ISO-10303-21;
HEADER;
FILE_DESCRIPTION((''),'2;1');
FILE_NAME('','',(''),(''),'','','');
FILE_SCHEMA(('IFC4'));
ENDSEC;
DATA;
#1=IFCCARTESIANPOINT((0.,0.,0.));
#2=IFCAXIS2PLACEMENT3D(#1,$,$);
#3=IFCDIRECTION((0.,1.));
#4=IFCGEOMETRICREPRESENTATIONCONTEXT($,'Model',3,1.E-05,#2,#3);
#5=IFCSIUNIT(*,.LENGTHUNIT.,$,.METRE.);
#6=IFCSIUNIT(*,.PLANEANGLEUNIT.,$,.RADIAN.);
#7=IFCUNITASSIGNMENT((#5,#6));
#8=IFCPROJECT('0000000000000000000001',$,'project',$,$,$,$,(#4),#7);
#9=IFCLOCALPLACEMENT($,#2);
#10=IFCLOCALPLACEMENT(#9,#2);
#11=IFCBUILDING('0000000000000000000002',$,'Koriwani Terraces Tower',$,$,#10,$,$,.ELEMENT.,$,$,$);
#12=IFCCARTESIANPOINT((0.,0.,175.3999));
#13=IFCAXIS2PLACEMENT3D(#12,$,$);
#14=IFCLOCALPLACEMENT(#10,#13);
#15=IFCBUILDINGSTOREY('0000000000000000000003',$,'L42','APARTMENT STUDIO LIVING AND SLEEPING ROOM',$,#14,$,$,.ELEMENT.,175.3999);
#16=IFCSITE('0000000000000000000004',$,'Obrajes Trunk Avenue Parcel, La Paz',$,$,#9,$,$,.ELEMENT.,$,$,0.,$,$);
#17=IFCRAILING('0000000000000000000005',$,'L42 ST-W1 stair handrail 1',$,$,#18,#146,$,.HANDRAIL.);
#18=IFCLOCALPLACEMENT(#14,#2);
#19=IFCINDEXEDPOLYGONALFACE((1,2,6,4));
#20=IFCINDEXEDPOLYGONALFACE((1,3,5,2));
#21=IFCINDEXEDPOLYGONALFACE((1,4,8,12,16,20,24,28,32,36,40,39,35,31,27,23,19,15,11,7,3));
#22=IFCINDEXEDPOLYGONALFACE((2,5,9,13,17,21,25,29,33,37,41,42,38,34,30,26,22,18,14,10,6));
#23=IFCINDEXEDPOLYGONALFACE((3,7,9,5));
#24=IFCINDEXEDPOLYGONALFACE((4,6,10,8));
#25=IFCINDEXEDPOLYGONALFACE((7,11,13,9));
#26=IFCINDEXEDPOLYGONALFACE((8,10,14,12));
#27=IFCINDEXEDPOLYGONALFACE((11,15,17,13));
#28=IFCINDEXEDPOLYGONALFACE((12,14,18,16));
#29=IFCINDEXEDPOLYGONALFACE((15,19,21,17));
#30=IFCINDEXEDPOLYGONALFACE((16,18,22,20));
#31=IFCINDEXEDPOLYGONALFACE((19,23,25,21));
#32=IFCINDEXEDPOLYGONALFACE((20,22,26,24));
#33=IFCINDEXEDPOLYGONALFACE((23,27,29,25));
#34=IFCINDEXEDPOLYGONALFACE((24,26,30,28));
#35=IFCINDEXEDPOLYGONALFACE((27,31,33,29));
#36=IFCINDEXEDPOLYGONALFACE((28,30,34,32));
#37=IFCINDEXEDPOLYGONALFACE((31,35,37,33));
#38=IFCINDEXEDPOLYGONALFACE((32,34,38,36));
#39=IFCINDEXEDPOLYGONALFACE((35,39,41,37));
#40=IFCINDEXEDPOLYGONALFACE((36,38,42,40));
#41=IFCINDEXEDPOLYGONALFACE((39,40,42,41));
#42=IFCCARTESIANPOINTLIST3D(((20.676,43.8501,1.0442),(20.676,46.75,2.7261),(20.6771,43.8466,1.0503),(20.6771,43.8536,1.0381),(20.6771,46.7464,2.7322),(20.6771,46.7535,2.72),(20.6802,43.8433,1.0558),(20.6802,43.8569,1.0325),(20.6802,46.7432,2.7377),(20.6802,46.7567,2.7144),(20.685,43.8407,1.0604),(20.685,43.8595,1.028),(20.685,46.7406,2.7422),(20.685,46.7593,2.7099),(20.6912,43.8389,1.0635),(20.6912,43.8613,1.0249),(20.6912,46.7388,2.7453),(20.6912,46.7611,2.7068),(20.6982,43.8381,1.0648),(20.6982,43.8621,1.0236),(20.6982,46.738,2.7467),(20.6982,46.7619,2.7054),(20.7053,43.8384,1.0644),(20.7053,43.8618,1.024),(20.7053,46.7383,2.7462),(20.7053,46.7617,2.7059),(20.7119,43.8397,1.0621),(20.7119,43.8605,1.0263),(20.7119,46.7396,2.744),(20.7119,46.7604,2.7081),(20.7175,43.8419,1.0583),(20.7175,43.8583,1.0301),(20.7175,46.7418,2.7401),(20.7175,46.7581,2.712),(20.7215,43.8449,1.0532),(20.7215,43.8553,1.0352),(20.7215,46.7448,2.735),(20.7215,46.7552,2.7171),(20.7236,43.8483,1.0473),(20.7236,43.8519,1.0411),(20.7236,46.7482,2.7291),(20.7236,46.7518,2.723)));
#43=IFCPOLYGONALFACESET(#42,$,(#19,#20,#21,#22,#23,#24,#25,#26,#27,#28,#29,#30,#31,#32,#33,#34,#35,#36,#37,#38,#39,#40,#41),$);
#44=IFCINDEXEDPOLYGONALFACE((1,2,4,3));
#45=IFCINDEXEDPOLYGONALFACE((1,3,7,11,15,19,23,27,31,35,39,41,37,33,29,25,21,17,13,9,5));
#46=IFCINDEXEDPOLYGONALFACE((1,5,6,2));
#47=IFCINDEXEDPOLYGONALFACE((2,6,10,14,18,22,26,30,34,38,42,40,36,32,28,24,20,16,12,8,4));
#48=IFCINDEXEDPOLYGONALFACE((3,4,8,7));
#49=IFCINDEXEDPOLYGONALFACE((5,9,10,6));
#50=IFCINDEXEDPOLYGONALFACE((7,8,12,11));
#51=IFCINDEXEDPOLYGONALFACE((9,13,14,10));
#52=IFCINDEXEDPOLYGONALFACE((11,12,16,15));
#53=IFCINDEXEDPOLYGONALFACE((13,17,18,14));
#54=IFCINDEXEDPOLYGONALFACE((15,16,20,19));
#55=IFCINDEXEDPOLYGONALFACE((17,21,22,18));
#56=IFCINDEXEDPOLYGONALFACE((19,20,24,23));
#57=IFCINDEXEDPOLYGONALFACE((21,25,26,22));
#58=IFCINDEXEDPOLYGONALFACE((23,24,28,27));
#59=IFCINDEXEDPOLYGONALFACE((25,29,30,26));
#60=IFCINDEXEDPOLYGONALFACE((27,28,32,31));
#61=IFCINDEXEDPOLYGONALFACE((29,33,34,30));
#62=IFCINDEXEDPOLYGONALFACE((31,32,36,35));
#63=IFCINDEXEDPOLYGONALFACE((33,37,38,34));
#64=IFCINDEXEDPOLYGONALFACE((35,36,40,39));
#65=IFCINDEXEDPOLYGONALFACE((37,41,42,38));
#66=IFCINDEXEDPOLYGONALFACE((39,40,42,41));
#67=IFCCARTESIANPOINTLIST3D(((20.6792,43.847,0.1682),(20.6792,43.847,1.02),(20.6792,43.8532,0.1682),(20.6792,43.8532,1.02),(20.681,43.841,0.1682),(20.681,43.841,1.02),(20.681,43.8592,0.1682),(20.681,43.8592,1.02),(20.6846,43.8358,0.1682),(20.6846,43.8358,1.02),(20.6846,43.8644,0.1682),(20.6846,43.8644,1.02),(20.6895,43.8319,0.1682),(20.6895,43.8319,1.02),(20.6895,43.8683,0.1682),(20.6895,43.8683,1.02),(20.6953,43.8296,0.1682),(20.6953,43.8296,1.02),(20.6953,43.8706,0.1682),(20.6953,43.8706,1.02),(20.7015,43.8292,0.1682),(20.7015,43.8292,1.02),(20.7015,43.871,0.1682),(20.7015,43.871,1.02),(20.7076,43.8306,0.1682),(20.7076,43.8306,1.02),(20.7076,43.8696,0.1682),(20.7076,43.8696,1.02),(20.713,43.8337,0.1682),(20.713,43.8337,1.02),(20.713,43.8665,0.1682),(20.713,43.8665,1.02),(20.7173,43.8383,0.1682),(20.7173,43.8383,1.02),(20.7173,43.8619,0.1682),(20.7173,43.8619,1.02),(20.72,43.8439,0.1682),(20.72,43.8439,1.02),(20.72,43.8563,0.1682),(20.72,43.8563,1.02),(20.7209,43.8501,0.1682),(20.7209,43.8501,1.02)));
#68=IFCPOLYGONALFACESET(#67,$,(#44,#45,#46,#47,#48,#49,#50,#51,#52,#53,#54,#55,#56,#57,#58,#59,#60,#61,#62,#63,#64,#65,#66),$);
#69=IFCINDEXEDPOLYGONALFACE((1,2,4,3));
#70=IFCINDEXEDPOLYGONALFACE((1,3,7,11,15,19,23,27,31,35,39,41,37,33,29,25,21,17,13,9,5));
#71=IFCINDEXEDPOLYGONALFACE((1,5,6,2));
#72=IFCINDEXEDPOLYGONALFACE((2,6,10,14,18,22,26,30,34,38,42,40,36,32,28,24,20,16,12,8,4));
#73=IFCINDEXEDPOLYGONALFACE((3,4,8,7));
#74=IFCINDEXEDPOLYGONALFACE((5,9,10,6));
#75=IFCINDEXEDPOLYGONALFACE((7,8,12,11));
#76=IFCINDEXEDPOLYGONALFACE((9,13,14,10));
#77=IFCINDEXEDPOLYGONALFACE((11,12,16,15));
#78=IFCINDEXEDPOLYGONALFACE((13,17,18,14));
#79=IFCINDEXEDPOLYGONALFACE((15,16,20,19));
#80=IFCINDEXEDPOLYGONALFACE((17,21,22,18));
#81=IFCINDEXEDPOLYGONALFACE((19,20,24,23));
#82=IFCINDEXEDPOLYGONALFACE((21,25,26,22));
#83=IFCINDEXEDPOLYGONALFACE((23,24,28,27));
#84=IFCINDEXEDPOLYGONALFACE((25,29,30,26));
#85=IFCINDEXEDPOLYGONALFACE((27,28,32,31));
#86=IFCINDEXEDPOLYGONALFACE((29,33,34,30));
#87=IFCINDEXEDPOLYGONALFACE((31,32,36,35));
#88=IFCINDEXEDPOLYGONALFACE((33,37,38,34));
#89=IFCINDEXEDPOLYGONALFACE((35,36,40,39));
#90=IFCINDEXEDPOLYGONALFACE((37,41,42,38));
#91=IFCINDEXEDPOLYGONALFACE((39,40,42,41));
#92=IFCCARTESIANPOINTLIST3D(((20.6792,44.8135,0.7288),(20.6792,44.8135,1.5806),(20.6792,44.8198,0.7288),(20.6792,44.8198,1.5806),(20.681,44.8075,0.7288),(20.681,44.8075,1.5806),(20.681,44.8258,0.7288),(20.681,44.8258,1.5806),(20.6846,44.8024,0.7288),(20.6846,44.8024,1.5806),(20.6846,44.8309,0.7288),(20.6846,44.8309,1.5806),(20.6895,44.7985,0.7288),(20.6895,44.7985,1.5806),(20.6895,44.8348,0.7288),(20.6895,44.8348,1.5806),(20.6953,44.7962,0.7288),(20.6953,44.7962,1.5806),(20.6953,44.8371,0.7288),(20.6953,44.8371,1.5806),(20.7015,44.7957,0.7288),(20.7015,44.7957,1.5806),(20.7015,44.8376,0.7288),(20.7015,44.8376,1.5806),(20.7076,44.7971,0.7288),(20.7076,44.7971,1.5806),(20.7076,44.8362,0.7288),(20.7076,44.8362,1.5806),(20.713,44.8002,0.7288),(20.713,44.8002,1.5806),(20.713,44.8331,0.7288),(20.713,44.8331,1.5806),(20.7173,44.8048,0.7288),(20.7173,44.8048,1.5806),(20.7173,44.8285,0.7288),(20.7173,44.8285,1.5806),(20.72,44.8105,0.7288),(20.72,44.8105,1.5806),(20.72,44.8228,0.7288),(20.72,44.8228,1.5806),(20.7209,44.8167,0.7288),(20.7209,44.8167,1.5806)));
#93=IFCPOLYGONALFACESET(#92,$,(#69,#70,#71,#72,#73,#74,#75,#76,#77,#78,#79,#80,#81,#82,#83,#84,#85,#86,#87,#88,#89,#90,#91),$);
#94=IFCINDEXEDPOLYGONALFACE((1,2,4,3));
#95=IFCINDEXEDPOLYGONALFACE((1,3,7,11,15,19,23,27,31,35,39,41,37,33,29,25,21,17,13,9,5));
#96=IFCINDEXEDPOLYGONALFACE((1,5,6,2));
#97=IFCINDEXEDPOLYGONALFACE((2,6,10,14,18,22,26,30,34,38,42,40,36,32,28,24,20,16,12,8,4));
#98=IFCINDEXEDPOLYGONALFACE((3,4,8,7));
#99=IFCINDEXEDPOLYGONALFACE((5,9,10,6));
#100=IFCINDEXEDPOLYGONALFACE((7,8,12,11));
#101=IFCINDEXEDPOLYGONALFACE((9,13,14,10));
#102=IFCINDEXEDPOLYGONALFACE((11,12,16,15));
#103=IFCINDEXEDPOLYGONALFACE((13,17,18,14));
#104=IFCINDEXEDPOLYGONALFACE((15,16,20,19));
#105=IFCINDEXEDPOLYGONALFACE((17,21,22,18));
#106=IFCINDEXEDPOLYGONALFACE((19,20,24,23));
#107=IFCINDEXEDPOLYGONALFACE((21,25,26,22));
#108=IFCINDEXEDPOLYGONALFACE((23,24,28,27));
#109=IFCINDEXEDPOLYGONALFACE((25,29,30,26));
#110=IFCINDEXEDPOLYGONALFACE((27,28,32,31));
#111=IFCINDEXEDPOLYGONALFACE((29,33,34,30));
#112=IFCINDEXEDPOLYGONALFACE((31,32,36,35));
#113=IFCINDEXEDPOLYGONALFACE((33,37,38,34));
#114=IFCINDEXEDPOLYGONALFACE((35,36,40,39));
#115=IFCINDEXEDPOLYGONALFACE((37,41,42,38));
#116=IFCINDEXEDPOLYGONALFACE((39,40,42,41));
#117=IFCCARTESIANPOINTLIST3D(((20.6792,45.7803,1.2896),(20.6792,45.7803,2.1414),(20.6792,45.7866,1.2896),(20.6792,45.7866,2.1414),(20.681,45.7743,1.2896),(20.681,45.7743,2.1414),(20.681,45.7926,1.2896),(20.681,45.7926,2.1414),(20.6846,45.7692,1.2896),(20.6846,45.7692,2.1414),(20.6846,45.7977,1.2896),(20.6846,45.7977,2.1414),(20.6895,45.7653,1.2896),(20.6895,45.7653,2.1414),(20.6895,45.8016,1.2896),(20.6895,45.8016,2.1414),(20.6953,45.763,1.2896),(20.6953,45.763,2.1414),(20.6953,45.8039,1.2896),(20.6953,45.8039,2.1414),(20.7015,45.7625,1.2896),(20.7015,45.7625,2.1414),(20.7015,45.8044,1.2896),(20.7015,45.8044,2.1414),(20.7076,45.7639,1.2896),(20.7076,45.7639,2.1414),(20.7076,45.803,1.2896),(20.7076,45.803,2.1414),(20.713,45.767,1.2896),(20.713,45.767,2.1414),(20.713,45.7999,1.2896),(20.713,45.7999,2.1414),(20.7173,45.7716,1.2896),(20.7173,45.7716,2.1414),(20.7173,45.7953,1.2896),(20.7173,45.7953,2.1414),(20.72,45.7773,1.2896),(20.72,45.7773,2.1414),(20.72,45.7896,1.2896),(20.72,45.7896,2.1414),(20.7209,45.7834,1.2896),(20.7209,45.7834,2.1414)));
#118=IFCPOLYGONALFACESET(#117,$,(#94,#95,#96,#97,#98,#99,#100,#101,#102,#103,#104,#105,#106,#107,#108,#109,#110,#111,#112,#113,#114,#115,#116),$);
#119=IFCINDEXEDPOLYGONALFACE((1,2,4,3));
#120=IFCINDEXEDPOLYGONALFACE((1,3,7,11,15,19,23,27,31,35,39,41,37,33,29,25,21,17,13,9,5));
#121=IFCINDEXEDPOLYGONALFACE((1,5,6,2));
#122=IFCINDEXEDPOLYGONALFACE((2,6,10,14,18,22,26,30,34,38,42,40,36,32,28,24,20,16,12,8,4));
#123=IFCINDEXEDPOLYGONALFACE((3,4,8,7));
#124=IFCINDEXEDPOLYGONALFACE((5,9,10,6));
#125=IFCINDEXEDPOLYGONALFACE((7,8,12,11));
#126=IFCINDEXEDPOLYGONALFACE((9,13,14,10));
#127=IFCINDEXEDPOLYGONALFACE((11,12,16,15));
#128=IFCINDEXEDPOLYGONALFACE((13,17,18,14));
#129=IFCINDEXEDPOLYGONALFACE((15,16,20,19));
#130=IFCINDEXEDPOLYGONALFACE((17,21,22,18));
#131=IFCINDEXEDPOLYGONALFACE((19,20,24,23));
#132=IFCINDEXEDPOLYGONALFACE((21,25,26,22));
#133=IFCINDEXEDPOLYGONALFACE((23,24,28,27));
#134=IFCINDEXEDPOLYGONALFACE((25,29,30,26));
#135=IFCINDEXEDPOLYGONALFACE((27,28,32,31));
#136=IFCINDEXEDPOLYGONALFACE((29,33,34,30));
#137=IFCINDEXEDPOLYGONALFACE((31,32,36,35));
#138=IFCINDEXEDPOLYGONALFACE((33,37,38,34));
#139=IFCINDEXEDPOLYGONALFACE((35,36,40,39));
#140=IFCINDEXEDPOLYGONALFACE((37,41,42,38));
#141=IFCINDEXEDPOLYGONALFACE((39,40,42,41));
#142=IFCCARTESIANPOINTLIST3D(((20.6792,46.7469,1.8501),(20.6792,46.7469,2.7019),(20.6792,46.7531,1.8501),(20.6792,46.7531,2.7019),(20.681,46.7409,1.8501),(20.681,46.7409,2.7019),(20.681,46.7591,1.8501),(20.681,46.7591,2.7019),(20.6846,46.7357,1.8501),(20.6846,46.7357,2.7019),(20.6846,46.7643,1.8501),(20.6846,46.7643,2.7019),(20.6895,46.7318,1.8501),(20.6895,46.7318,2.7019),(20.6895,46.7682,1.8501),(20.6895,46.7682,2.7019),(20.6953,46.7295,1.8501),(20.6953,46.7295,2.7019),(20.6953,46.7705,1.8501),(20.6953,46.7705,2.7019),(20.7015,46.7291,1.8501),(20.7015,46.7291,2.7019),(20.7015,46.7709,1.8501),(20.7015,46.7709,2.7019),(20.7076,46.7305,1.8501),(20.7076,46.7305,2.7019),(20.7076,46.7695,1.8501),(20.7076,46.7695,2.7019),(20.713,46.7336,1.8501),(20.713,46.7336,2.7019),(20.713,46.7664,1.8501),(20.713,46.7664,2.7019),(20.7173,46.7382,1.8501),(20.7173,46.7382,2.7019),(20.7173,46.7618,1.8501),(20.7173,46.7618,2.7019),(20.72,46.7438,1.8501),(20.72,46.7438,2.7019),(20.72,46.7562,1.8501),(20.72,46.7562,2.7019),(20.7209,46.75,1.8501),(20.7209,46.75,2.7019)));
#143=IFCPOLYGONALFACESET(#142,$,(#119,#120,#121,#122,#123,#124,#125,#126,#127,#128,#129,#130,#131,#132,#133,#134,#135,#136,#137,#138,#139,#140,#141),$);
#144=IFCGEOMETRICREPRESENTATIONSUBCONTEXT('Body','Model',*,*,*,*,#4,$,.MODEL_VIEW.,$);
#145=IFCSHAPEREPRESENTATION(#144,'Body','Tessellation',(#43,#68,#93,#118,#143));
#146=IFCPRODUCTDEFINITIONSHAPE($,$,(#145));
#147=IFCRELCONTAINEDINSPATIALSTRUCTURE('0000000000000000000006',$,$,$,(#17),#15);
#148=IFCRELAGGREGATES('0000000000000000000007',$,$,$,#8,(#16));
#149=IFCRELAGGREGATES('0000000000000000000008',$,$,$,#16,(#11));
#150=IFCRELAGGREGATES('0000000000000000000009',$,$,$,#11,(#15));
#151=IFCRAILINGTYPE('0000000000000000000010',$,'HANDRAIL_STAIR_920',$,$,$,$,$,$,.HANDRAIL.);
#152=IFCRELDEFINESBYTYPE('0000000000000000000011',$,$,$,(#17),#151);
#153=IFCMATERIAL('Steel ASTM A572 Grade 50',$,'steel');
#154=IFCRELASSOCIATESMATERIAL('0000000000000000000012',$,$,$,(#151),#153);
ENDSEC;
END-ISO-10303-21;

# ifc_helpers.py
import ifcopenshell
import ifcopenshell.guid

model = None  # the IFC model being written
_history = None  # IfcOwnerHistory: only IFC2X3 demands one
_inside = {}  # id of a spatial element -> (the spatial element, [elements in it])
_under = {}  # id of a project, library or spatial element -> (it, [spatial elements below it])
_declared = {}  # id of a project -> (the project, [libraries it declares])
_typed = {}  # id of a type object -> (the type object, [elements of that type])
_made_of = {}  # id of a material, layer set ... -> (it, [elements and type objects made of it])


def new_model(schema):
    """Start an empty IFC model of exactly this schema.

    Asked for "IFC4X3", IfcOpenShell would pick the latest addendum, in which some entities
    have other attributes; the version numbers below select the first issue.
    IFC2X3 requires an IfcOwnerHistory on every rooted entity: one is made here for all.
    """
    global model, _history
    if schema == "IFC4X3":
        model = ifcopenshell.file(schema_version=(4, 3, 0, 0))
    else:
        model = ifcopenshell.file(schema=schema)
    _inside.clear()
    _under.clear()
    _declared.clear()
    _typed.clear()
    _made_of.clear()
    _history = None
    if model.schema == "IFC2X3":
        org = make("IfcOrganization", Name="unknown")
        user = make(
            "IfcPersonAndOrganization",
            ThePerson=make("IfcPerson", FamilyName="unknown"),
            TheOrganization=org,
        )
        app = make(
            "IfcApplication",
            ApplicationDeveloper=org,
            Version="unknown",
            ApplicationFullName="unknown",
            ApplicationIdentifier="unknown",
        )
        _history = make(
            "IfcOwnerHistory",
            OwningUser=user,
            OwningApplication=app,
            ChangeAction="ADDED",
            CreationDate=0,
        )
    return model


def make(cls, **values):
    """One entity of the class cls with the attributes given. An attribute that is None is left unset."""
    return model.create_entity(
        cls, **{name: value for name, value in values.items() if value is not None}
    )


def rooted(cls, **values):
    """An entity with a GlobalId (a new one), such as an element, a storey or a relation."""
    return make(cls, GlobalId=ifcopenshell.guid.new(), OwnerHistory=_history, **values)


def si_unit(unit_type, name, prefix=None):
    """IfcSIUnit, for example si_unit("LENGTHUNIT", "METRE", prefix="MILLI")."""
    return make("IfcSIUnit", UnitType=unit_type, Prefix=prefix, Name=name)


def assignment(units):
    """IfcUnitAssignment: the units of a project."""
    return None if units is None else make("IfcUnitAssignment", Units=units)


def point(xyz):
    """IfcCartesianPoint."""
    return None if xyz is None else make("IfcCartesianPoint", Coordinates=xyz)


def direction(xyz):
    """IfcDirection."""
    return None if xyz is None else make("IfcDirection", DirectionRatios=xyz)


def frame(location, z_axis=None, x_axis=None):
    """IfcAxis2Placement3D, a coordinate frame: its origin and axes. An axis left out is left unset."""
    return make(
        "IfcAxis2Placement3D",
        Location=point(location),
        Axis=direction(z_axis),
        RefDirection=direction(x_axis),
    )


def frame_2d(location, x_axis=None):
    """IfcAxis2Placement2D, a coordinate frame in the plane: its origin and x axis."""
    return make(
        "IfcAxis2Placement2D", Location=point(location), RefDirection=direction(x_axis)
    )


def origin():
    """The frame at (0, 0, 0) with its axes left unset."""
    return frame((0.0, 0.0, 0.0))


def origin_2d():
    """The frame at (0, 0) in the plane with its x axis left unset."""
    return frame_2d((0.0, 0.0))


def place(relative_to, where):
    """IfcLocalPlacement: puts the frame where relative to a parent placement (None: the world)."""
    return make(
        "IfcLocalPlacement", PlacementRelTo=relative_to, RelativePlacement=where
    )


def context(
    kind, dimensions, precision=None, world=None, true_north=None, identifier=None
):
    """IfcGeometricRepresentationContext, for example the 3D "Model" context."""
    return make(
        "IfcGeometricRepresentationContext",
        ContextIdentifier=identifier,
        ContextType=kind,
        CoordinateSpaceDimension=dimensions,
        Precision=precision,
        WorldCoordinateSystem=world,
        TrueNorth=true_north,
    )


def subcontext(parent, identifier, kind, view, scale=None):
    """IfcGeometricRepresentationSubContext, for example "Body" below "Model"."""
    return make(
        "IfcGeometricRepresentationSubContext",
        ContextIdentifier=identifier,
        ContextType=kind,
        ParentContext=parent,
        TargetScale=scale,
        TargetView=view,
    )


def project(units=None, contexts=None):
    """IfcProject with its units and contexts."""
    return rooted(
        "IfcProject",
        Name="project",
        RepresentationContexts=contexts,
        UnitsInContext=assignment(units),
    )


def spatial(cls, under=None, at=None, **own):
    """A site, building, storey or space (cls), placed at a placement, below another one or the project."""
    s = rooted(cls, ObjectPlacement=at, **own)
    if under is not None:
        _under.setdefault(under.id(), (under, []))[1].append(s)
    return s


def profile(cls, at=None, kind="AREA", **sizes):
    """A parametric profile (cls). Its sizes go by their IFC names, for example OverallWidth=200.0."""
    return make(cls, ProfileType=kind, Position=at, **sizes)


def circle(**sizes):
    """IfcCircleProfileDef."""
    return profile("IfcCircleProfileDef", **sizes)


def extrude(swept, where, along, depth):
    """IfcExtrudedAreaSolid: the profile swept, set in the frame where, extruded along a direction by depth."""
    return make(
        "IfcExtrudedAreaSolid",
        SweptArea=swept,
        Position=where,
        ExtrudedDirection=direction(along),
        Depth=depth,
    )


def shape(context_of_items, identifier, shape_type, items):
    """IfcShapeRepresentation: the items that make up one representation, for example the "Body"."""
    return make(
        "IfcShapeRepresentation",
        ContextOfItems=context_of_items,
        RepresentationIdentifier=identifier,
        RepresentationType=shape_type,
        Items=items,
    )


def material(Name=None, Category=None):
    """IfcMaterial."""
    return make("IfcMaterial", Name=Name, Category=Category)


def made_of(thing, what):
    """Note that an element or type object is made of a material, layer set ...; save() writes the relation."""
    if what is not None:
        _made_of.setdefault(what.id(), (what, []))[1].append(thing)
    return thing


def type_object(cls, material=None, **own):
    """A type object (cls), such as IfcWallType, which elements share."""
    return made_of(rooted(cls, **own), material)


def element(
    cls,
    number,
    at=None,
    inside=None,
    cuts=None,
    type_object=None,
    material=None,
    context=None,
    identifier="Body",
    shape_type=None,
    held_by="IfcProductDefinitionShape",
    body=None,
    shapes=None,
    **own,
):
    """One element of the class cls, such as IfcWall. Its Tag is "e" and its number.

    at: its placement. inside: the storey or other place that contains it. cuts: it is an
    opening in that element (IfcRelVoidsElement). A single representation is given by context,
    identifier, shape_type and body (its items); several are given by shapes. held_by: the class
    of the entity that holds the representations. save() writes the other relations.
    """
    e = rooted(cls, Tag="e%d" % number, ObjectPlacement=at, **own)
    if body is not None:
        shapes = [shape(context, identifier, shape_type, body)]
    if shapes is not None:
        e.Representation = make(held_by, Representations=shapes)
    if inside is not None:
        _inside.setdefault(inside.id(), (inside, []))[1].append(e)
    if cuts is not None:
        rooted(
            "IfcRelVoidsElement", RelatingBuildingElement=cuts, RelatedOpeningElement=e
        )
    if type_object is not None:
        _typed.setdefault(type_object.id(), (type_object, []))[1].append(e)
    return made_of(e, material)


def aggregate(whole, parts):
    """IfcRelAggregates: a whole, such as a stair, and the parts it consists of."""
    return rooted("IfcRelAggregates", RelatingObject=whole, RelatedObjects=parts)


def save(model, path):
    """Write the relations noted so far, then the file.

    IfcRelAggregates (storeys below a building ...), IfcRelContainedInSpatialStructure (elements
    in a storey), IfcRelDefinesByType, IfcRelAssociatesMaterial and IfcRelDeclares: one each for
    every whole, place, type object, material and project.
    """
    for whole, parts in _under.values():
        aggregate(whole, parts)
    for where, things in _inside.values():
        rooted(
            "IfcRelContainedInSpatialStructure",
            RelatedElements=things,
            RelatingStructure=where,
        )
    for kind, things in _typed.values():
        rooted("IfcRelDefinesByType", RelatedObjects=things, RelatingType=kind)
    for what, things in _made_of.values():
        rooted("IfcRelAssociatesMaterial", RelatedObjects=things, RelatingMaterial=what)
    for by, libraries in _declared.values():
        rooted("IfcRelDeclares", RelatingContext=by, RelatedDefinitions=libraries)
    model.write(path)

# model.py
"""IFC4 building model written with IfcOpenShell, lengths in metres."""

from ifc_helpers import new_model, si_unit, direction, frame, origin, origin_2d, place, context, subcontext, project, spatial, circle, extrude, material, type_object, element, save


model = new_model("IFC4")

# Units and contexts
model_context = context("Model", 3, precision=1e-05, world=origin(), true_north=direction((0.0, 1.0)))
body_context = subcontext(model_context, "Body", "Model", "MODEL_VIEW")
ifc_project = project(units=[si_unit("LENGTHUNIT", "METRE"), si_unit("PLANEANGLEUNIT", "RADIAN")], contexts=[model_context])

# Site, building, storey
site_placement = place(None, origin())
site = spatial("IfcSite", under=ifc_project, at=site_placement, Name="Obrajes Trunk Avenue Parcel, La Paz", CompositionType="ELEMENT", RefElevation=0.0)
building_placement = place(site_placement, origin())
building = spatial("IfcBuilding", under=site, at=building_placement, Name="Koriwani Terraces Tower", CompositionType="ELEMENT")
storey_placement = place(building_placement, frame((0.0, 0.0, 175.3999)))
storey = spatial("IfcBuildingStorey", under=building, at=storey_placement, Name="L42", Description="APARTMENT STUDIO LIVING AND SLEEPING ROOM", CompositionType="ELEMENT", Elevation=175.3999)

# Shared definitions
ifc_material_1 = material(Name="Steel ASTM A572 Grade 50", Category="steel")

# Railing
railing_type_1 = type_object("IfcRailingType", Name="HANDRAIL_STAIR_920", PredefinedType="HANDRAIL", material=ifc_material_1)
railing_1_placement = place(storey_placement, frame((20.7, 43.8501, 0.1682)))
element("IfcRailing", 1, at=railing_1_placement, inside=storey, type_object=railing_type_1, Name="L42 ST-W1 stair handrail 1", PredefinedType="HANDRAIL", context=body_context, shape_type="SweptSolid", body=[
    extrude(circle(Radius=0.0239, at=origin_2d()), frame((0.0, 0.0, 0.876), z_axis=(0.0, 0.865039, 0.501705), x_axis=(-1.0, 0.0, 0.0)), (0.0, 0.0, 1.0), 3.3523),
    extrude(circle(Radius=0.021, at=origin_2d()), origin(), (0.0, 0.0, 1.0), 0.8518),
    extrude(circle(Radius=0.021, at=origin_2d()), frame((0.0, 0.9666, 0.5605)), (0.0, 0.0, 1.0), 0.8518),
    extrude(circle(Radius=0.021, at=origin_2d()), frame((0.0, 1.9333, 1.1213)), (0.0, 0.0, 1.0), 0.8518),
    extrude(circle(Radius=0.021, at=origin_2d()), frame((0.0, 2.8999, 1.6819)), (0.0, 0.0, 1.0), 0.8518),
])

save(model, "model.ifc")
